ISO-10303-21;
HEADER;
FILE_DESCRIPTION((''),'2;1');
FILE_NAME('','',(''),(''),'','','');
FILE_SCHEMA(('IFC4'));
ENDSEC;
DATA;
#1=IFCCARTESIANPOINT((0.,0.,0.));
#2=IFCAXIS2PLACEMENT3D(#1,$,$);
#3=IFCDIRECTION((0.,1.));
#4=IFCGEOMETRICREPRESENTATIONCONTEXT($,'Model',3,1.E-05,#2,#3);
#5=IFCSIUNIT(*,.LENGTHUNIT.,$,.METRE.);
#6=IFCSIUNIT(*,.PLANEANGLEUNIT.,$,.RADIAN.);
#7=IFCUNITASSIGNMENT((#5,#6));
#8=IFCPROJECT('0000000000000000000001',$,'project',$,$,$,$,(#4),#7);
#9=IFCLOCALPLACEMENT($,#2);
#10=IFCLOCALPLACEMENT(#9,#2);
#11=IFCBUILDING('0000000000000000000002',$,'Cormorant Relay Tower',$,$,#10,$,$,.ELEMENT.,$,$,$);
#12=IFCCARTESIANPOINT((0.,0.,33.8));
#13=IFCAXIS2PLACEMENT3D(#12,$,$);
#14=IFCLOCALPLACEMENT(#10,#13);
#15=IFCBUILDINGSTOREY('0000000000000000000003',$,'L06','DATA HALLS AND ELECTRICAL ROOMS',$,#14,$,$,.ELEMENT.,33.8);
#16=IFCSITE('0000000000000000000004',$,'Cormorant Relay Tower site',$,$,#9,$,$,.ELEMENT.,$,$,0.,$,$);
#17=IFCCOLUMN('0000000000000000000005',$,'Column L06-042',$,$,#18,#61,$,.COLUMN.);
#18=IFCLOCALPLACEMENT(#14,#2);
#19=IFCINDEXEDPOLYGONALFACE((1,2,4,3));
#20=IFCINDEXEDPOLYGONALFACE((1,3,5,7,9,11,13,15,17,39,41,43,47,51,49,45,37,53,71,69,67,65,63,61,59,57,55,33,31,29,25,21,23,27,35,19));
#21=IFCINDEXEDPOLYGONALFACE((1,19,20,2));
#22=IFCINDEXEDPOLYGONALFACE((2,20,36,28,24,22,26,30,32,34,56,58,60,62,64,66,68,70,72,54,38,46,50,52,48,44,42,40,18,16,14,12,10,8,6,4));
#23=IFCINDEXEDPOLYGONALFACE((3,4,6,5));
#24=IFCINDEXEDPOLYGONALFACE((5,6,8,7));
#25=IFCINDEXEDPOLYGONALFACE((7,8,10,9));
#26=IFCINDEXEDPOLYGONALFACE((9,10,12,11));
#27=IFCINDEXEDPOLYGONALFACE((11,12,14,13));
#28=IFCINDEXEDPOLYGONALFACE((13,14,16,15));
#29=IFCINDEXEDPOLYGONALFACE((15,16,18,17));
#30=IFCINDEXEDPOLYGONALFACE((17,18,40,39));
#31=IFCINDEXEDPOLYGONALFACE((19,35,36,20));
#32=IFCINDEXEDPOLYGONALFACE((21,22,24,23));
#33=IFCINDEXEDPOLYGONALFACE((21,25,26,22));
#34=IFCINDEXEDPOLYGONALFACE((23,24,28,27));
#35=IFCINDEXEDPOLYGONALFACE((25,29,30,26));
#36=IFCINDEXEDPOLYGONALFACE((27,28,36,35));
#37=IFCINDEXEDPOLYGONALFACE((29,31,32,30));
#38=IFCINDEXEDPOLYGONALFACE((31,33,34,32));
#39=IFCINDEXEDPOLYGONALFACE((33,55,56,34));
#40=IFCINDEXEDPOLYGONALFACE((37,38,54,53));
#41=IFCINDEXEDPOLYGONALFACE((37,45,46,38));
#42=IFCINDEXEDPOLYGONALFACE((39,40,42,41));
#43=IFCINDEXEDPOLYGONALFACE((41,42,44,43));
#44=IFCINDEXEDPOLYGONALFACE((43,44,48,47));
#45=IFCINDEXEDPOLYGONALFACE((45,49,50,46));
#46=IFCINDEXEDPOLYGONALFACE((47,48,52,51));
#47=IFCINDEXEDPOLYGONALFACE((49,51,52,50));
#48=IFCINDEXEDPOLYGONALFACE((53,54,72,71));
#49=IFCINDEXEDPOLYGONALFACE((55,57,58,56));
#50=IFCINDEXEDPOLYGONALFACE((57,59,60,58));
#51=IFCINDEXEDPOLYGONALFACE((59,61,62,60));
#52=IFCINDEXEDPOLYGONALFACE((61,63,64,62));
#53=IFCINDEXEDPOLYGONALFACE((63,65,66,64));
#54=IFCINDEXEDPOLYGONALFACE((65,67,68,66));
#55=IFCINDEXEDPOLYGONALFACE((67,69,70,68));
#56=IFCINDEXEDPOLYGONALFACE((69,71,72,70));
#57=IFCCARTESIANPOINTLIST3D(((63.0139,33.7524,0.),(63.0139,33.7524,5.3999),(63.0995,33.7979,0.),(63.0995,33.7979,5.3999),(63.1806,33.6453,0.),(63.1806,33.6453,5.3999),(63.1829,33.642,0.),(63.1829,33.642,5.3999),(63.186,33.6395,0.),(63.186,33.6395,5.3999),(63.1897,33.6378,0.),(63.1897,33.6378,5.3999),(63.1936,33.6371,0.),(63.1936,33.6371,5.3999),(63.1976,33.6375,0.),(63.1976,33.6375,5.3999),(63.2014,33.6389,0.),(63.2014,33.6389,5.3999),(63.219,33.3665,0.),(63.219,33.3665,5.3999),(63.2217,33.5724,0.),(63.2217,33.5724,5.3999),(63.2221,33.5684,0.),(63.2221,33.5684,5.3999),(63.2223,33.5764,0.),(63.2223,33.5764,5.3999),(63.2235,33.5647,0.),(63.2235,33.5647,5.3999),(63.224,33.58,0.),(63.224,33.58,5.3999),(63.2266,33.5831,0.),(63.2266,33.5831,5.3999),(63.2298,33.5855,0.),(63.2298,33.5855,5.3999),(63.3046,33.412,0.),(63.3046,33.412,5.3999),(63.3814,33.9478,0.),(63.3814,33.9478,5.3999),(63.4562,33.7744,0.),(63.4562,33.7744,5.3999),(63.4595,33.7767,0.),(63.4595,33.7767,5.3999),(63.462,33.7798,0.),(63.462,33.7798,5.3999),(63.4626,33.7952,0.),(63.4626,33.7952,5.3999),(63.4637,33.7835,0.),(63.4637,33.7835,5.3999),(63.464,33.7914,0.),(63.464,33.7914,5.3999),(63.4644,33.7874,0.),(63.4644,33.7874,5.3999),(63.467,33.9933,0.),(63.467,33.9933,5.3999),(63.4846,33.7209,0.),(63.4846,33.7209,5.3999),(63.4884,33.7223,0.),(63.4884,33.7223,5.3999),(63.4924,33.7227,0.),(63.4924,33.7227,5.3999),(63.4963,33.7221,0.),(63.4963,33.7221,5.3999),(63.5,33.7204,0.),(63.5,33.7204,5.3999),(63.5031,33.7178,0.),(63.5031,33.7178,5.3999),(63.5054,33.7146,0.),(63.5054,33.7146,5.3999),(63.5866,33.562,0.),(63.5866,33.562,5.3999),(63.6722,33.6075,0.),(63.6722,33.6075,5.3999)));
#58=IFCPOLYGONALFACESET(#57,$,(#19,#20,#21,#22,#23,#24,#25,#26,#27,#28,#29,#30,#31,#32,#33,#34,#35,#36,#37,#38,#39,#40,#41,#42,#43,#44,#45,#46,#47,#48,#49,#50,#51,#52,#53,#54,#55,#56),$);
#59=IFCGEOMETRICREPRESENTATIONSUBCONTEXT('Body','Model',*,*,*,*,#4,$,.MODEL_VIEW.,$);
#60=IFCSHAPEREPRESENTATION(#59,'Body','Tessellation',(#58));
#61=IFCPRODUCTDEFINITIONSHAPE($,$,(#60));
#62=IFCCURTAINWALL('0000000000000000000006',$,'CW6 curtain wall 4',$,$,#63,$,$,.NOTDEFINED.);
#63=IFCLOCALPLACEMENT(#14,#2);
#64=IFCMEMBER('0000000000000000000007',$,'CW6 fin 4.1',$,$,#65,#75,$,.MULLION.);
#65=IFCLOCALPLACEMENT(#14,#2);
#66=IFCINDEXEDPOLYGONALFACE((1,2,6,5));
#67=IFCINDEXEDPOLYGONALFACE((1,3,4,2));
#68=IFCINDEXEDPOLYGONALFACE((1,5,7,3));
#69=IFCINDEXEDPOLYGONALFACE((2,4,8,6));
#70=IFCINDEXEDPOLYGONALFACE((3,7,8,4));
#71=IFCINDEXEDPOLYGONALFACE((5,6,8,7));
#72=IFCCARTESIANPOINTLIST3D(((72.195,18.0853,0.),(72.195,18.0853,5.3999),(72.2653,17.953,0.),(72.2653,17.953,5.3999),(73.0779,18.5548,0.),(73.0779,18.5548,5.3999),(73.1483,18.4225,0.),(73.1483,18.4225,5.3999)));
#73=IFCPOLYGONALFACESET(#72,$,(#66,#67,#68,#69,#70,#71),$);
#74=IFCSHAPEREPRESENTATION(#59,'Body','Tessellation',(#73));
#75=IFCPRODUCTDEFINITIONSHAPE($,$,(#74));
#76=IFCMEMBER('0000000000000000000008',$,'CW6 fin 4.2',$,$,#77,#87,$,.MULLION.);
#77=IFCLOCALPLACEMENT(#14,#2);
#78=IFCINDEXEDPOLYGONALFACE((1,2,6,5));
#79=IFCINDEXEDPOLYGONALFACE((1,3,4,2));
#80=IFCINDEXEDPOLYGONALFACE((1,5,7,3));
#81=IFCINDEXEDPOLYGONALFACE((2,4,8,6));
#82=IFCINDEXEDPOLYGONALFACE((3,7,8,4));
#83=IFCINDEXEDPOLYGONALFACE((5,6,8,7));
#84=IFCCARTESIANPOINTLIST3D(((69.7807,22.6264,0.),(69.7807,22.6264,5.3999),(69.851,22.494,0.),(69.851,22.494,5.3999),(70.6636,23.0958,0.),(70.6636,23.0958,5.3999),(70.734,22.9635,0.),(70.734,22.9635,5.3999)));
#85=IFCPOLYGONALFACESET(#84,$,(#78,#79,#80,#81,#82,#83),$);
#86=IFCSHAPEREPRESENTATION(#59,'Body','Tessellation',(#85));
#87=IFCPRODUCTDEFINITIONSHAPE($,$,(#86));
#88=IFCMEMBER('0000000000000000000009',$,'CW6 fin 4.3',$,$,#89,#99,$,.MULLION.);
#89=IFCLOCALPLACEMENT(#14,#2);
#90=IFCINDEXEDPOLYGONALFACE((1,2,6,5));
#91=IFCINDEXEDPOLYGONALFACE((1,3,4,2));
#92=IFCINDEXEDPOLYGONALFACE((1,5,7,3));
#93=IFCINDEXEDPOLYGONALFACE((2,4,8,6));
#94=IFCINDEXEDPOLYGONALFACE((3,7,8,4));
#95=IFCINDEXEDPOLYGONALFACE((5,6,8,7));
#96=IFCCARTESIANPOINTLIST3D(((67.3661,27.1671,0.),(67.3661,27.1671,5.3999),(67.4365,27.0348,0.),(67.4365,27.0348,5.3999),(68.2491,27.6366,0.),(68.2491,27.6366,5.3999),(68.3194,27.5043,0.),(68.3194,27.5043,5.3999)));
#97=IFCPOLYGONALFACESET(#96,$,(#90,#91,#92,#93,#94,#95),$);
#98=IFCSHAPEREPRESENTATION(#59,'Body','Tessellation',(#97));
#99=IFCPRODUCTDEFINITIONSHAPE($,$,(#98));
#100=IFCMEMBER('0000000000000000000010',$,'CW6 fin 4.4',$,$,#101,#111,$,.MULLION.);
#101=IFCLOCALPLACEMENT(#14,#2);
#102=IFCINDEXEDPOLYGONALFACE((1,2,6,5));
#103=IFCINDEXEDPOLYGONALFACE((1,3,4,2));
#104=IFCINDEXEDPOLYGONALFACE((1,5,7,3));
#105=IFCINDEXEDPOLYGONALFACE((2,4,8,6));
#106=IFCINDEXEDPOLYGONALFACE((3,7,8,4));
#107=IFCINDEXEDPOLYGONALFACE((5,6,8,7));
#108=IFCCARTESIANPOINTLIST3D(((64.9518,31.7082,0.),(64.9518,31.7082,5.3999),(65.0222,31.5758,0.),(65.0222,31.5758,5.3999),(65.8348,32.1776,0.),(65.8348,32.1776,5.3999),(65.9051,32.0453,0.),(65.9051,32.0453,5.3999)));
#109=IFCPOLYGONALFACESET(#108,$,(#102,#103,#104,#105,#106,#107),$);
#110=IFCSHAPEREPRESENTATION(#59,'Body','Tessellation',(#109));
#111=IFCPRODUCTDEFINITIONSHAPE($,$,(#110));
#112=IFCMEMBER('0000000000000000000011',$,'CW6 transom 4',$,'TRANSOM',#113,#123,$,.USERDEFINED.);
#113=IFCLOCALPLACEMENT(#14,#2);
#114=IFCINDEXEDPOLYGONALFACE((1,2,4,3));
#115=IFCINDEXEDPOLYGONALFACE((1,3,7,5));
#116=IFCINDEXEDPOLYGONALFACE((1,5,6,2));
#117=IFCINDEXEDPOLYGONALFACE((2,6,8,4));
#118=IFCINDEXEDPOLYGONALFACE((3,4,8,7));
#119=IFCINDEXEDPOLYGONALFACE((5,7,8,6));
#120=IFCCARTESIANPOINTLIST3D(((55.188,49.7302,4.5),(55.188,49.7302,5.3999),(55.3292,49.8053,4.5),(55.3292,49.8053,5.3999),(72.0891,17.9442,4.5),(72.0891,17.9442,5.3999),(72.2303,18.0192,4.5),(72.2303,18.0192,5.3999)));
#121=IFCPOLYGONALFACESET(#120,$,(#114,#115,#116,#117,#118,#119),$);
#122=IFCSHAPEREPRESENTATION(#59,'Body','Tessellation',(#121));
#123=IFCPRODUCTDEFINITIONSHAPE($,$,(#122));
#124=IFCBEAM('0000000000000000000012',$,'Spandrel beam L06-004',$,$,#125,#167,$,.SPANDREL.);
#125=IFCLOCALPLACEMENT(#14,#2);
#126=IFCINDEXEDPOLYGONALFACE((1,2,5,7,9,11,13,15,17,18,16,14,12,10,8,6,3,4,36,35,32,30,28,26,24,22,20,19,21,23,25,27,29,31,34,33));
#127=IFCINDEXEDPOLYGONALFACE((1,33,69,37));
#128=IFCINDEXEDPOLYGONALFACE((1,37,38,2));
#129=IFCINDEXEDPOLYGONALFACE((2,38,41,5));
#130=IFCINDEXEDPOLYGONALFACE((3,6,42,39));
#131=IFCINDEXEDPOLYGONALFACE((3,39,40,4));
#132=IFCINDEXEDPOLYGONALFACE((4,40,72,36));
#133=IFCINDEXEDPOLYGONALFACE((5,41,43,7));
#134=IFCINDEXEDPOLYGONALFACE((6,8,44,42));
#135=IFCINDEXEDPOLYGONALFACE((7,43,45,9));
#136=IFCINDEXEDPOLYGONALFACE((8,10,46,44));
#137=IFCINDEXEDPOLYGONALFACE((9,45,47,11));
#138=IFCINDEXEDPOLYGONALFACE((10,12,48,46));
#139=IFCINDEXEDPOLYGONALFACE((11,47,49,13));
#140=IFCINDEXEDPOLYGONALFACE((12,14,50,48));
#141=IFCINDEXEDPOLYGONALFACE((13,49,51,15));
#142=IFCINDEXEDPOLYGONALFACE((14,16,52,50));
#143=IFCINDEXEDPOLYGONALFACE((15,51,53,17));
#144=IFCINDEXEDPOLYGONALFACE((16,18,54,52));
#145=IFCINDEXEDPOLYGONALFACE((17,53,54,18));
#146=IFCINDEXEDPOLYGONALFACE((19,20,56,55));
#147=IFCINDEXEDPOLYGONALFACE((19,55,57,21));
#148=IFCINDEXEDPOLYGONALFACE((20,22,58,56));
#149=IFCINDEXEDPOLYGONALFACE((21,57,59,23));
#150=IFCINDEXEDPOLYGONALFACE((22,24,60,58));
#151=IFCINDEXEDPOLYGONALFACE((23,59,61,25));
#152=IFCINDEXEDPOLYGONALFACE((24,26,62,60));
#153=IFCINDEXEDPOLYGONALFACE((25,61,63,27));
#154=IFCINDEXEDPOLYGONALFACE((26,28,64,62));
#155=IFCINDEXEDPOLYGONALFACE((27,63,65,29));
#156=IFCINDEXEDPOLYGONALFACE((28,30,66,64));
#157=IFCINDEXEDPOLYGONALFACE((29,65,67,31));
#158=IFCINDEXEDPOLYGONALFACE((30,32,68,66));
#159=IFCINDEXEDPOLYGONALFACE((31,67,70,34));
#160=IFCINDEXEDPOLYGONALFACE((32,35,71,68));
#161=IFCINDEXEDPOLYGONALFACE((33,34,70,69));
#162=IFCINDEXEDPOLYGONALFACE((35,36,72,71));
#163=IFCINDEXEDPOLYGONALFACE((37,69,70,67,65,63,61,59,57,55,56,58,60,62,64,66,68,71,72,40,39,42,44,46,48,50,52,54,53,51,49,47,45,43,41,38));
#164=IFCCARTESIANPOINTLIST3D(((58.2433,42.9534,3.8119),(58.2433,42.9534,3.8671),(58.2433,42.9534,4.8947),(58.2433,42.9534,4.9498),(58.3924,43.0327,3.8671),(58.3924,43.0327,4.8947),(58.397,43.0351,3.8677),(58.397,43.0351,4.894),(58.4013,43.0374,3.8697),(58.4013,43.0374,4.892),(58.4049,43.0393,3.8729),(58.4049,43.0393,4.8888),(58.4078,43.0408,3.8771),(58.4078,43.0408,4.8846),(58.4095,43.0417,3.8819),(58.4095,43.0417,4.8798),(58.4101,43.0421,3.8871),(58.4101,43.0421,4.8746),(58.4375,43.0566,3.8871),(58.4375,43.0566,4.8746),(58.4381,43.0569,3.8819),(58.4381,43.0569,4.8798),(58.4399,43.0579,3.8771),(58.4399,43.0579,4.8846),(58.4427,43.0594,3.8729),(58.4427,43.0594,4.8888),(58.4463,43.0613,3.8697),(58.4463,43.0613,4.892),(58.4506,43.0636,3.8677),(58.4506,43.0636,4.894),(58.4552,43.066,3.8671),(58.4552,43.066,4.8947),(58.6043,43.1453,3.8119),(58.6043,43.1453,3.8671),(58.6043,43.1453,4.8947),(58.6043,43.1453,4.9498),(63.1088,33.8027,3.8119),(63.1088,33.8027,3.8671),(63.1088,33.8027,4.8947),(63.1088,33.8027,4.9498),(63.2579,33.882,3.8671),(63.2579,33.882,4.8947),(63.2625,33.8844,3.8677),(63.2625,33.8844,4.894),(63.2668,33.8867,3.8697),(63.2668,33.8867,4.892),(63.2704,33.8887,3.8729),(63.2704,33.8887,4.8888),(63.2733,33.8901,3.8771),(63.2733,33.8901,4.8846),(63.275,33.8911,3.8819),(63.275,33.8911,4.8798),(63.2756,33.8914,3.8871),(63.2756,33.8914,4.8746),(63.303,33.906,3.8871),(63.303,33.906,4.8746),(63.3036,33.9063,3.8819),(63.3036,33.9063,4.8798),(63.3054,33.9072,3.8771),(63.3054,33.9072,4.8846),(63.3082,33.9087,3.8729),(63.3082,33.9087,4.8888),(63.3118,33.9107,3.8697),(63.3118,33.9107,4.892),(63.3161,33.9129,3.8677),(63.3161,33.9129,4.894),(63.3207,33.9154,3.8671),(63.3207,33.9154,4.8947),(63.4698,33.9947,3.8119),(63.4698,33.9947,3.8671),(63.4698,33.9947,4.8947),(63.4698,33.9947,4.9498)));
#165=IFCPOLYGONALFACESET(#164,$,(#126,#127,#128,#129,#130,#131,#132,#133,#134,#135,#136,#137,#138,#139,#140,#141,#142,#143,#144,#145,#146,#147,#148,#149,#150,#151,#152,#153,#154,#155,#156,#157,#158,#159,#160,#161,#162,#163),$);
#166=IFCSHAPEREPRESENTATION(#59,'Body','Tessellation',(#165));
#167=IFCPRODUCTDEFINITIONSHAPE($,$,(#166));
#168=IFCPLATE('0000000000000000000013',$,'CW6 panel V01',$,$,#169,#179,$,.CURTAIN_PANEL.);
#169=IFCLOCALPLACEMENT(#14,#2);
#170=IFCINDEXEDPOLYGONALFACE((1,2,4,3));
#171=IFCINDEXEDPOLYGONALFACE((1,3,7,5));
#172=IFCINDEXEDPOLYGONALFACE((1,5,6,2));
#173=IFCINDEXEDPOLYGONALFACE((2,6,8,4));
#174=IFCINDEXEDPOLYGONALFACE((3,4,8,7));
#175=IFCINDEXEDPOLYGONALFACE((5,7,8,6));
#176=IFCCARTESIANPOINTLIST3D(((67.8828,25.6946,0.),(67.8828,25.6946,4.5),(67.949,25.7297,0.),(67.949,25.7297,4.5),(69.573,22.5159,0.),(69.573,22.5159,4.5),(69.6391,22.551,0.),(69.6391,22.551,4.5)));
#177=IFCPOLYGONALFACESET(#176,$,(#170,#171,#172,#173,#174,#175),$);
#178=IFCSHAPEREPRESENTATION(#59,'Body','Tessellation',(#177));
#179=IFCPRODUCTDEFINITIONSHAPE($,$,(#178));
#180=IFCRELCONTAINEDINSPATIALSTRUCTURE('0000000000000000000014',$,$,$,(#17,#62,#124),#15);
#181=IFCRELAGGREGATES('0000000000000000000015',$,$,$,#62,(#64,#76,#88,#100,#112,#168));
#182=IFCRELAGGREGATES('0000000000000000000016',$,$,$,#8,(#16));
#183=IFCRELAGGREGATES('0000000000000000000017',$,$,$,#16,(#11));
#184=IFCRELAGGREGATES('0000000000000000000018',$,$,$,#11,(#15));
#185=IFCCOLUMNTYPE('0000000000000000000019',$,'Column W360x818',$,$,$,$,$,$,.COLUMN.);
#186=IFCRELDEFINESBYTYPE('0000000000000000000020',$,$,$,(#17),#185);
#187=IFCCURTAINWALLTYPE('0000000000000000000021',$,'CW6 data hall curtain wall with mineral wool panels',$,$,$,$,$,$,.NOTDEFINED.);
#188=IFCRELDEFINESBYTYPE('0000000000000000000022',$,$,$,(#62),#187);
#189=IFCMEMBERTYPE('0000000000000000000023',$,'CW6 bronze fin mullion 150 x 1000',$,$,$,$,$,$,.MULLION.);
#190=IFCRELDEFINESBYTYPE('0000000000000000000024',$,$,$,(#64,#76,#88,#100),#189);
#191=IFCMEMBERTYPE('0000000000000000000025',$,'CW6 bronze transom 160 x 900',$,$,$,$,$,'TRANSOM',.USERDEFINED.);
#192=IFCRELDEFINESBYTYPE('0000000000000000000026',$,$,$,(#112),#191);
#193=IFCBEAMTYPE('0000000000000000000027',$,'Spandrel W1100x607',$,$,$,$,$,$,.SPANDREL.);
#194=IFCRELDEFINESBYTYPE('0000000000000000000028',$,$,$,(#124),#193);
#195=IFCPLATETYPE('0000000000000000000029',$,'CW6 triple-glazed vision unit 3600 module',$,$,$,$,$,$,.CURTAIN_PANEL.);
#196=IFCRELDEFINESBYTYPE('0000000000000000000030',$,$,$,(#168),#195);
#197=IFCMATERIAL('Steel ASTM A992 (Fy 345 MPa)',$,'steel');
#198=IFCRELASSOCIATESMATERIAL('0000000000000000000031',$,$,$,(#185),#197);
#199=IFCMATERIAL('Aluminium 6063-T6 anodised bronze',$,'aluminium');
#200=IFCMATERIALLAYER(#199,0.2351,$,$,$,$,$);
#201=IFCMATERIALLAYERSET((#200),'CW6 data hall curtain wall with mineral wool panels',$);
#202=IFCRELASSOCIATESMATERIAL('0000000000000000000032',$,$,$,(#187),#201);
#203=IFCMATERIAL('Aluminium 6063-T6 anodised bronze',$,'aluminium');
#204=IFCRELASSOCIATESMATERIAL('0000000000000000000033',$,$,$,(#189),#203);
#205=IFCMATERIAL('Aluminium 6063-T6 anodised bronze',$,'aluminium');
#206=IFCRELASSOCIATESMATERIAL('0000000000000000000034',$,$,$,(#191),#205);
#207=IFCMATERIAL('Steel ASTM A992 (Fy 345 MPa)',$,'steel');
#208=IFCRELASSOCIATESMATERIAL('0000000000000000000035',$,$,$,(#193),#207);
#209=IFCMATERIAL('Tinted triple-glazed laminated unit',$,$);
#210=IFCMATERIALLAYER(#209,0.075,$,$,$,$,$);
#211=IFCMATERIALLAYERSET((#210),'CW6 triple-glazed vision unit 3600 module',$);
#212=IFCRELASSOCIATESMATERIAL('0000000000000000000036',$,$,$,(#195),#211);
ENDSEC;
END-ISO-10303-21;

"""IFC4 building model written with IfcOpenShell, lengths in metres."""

from ifc_helpers import new_model, si_unit, direction, frame, origin, origin_2d, place, context, subcontext, project, spatial, rectangle, i_section, extrude, material, layer, layer_set, material_profile, profile_set, type_object, element, aggregate, save


model = new_model("IFC4")

# Units and contexts
model_context = context("Model", 3, precision=1e-05, world=origin(), true_north=direction((0.0, 1.0)))
body_context = subcontext(model_context, "Body", "Model", "MODEL_VIEW")
ifc_project = project(units=[si_unit("LENGTHUNIT", "METRE"), si_unit("PLANEANGLEUNIT", "RADIAN")], contexts=[model_context])

# Site, building, storey
site_placement = place(None, origin())
site = spatial("IfcSite", under=ifc_project, at=site_placement, Name="Cormorant Relay Tower site", CompositionType="ELEMENT", RefElevation=0.0)
building_placement = place(site_placement, origin())
building = spatial("IfcBuilding", under=site, at=building_placement, Name="Cormorant Relay Tower", CompositionType="ELEMENT")
storey_placement = place(building_placement, frame((0.0, 0.0, 33.8)))
storey = spatial("IfcBuildingStorey", under=building, at=storey_placement, Name="L06", Description="DATA HALLS AND ELECTRICAL ROOMS", CompositionType="ELEMENT", Elevation=33.8)

# Column
ifc_material_1 = material(Name="Steel ASTM A992 (Fy 345 MPa)", Category="steel")
ifc_material_profile_1 = material_profile(ifc_material_1, i_section(OverallWidth=0.437, OverallDepth=0.5132, WebThickness=0.0605, FlangeThickness=0.0969, FilletRadius=0.0154, at=origin_2d()), Name="W360x818")
ifc_profile_set_1 = profile_set([ifc_material_profile_1], Name="Steel ASTM A992 (Fy 345 MPa)")
column_type_1 = type_object("IfcColumnType", Name="Column W360x818", PredefinedType="COLUMN", material=ifc_profile_set_1)
for number, where, z_axis, x_axis, name in (
    (1, (63.343, 33.6799, 0.0), (0.0, 0.0, 1.0), (-0.469472, 0.882948, 0.0), "Column L06-042"),
):
    element("IfcColumn", number, at=place(storey_placement, frame(where, z_axis=z_axis, x_axis=x_axis)), inside=storey, type_object=column_type_1, Name=name, PredefinedType="COLUMN", context=body_context, shape_type="SweptSolid", body=[
        extrude(i_section(OverallWidth=0.437, OverallDepth=0.5132, WebThickness=0.0605, FlangeThickness=0.0969, FilletRadius=0.0154, at=origin_2d()), origin(), (0.0, 0.0, 1.0), 5.3999),
    ])

# Curtain wall, members
ifc_material_2 = material(Name="Aluminium 6063-T6 anodised bronze", Category="aluminium")
ifc_layer_1 = layer(ifc_material_2, 0.2351)
ifc_layer_set_1 = layer_set([ifc_layer_1], Name="CW6 data hall curtain wall with mineral wool panels")
curtain_wall_type = type_object("IfcCurtainWallType", Name="CW6 data hall curtain wall with mineral wool panels", PredefinedType="NOTDEFINED", material=ifc_layer_set_1)
curtain_wall_placement = place(storey_placement, origin())
curtain_wall = element("IfcCurtainWall", 2, at=curtain_wall_placement, inside=storey, type_object=curtain_wall_type, Name="CW6 curtain wall 4", PredefinedType="NOTDEFINED")
ifc_material_3 = material(Name="Aluminium 6063-T6 anodised bronze", Category="aluminium")
ifc_material_profile_2 = material_profile(ifc_material_3, rectangle(XDim=0.1499, YDim=1.0, at=origin_2d()), Name="AL 150x1000")
ifc_profile_set_2 = profile_set([ifc_material_profile_2], Name="Aluminium 6063-T6 anodised bronze")
member_type_1 = type_object("IfcMemberType", Name="CW6 bronze fin mullion 150 x 1000", PredefinedType="MULLION", material=ifc_profile_set_2)
member_1_placement = place(storey_placement, frame((72.6716, 18.2539, 0.0), z_axis=(0.0, 0.0, 1.0), x_axis=(-0.469472, 0.882948, 0.0)))
member_1 = element("IfcMember", 3, at=member_1_placement, type_object=member_type_1, Name="CW6 fin 4.1", PredefinedType="MULLION", context=body_context, shape_type="SweptSolid", body=[
    extrude(rectangle(XDim=0.1499, YDim=1.0, at=origin_2d()), origin(), (0.0, 0.0, 1.0), 5.3999),
])
member_2_placement = place(storey_placement, frame((70.2573, 22.7949, 0.0), z_axis=(0.0, 0.0, 1.0), x_axis=(-0.469472, 0.882948, 0.0)))
member_2 = element("IfcMember", 4, at=member_2_placement, type_object=member_type_1, Name="CW6 fin 4.2", PredefinedType="MULLION", context=body_context, shape_type="SweptSolid", body=[
    extrude(rectangle(XDim=0.1499, YDim=1.0, at=origin_2d()), origin(), (0.0, 0.0, 1.0), 5.3999),
])
member_3_placement = place(storey_placement, frame((67.8428, 27.3357, 0.0), z_axis=(0.0, 0.0, 1.0), x_axis=(-0.469472, 0.882948, 0.0)))
member_3 = element("IfcMember", 5, at=member_3_placement, type_object=member_type_1, Name="CW6 fin 4.3", PredefinedType="MULLION", context=body_context, shape_type="SweptSolid", body=[
    extrude(rectangle(XDim=0.1499, YDim=1.0, at=origin_2d()), origin(), (0.0, 0.0, 1.0), 5.3999),
])
member_4_placement = place(storey_placement, frame((65.4285, 31.8767, 0.0), z_axis=(0.0, 0.0, 1.0), x_axis=(-0.469472, 0.882948, 0.0)))
member_4 = element("IfcMember", 6, at=member_4_placement, type_object=member_type_1, Name="CW6 fin 4.4", PredefinedType="MULLION", context=body_context, shape_type="SweptSolid", body=[
    extrude(rectangle(XDim=0.1499, YDim=1.0, at=origin_2d()), origin(), (0.0, 0.0, 1.0), 5.3999),
])
ifc_material_4 = material(Name="Aluminium 6063-T6 anodised bronze", Category="aluminium")
ifc_material_profile_3 = material_profile(ifc_material_4, rectangle(XDim=0.1599, YDim=0.8999, at=origin_2d()), Name="AL 160x900")
ifc_profile_set_3 = profile_set([ifc_material_profile_3], Name="Aluminium 6063-T6 anodised bronze")
member_type_2 = type_object("IfcMemberType", Name="CW6 bronze transom 160 x 900", ElementType="TRANSOM", PredefinedType="USERDEFINED", material=ifc_profile_set_3)
member_5_placement = place(storey_placement, frame((72.1597, 17.9817, 4.95), z_axis=(-0.469475, 0.882946, 0.0), x_axis=(-0.882946, -0.469475, 0.0)))
member_5 = element("IfcMember", 7, at=member_5_placement, type_object=member_type_2, Name="CW6 transom 4", ObjectType="TRANSOM", PredefinedType="USERDEFINED", context=body_context, shape_type="SweptSolid", body=[
    extrude(rectangle(XDim=0.1599, YDim=0.8999, at=origin_2d()), origin(), (0.0, 0.0, 1.0), 36.0),
])

# Beam
ifc_material_5 = material(Name="Steel ASTM A992 (Fy 345 MPa)", Category="steel")
ifc_material_profile_4 = material_profile(ifc_material_5, i_section(OverallWidth=0.4089, OverallDepth=1.1379, WebThickness=0.031, FlangeThickness=0.0552, FilletRadius=0.02, at=origin_2d()), Name="W1100x607")
ifc_profile_set_4 = profile_set([ifc_material_profile_4], Name="Steel ASTM A992 (Fy 345 MPa)")
beam_type = type_object("IfcBeamType", Name="Spandrel W1100x607", PredefinedType="SPANDREL", material=ifc_profile_set_4)
beam_placement = place(storey_placement, frame((63.2893, 33.8987, 4.3809), z_axis=(-0.469472, 0.882948, 0.0), x_axis=(-0.882948, -0.469472, 0.0)))
element("IfcBeam", 8, at=beam_placement, inside=storey, type_object=beam_type, Name="Spandrel beam L06-004", PredefinedType="SPANDREL", context=body_context, shape_type="SweptSolid", body=[
    extrude(i_section(OverallWidth=0.4089, OverallDepth=1.1379, WebThickness=0.031, FlangeThickness=0.0552, FilletRadius=0.02, at=origin_2d()), origin(), (0.0, 0.0, 1.0), 10.3638),
])

# Plate
ifc_material_6 = material(Name="Tinted triple-glazed laminated unit")
ifc_layer_2 = layer(ifc_material_6, 0.075)
ifc_layer_set_2 = layer_set([ifc_layer_2], Name="CW6 triple-glazed vision unit 3600 module")
plate_type = type_object("IfcPlateType", Name="CW6 triple-glazed vision unit 3600 module", PredefinedType="CURTAIN_PANEL", material=ifc_layer_set_2)
plate_placement = place(storey_placement, frame((68.761, 24.1228, 0.0), z_axis=(0.0, 0.0, 1.0), x_axis=(-0.469472, 0.882948, 0.0)))
plate = element("IfcPlate", 9, at=plate_placement, type_object=plate_type, Name="CW6 panel V01", PredefinedType="CURTAIN_PANEL", context=body_context, shape_type="SweptSolid", body=[
    extrude(rectangle(XDim=3.6001, YDim=0.075, at=origin_2d()), origin(), (0.0, 0.0, 1.0), 4.5),
])

aggregate(curtain_wall, [member_1, member_2, member_3, member_4, member_5, plate])

save(model, "model.ifc")
